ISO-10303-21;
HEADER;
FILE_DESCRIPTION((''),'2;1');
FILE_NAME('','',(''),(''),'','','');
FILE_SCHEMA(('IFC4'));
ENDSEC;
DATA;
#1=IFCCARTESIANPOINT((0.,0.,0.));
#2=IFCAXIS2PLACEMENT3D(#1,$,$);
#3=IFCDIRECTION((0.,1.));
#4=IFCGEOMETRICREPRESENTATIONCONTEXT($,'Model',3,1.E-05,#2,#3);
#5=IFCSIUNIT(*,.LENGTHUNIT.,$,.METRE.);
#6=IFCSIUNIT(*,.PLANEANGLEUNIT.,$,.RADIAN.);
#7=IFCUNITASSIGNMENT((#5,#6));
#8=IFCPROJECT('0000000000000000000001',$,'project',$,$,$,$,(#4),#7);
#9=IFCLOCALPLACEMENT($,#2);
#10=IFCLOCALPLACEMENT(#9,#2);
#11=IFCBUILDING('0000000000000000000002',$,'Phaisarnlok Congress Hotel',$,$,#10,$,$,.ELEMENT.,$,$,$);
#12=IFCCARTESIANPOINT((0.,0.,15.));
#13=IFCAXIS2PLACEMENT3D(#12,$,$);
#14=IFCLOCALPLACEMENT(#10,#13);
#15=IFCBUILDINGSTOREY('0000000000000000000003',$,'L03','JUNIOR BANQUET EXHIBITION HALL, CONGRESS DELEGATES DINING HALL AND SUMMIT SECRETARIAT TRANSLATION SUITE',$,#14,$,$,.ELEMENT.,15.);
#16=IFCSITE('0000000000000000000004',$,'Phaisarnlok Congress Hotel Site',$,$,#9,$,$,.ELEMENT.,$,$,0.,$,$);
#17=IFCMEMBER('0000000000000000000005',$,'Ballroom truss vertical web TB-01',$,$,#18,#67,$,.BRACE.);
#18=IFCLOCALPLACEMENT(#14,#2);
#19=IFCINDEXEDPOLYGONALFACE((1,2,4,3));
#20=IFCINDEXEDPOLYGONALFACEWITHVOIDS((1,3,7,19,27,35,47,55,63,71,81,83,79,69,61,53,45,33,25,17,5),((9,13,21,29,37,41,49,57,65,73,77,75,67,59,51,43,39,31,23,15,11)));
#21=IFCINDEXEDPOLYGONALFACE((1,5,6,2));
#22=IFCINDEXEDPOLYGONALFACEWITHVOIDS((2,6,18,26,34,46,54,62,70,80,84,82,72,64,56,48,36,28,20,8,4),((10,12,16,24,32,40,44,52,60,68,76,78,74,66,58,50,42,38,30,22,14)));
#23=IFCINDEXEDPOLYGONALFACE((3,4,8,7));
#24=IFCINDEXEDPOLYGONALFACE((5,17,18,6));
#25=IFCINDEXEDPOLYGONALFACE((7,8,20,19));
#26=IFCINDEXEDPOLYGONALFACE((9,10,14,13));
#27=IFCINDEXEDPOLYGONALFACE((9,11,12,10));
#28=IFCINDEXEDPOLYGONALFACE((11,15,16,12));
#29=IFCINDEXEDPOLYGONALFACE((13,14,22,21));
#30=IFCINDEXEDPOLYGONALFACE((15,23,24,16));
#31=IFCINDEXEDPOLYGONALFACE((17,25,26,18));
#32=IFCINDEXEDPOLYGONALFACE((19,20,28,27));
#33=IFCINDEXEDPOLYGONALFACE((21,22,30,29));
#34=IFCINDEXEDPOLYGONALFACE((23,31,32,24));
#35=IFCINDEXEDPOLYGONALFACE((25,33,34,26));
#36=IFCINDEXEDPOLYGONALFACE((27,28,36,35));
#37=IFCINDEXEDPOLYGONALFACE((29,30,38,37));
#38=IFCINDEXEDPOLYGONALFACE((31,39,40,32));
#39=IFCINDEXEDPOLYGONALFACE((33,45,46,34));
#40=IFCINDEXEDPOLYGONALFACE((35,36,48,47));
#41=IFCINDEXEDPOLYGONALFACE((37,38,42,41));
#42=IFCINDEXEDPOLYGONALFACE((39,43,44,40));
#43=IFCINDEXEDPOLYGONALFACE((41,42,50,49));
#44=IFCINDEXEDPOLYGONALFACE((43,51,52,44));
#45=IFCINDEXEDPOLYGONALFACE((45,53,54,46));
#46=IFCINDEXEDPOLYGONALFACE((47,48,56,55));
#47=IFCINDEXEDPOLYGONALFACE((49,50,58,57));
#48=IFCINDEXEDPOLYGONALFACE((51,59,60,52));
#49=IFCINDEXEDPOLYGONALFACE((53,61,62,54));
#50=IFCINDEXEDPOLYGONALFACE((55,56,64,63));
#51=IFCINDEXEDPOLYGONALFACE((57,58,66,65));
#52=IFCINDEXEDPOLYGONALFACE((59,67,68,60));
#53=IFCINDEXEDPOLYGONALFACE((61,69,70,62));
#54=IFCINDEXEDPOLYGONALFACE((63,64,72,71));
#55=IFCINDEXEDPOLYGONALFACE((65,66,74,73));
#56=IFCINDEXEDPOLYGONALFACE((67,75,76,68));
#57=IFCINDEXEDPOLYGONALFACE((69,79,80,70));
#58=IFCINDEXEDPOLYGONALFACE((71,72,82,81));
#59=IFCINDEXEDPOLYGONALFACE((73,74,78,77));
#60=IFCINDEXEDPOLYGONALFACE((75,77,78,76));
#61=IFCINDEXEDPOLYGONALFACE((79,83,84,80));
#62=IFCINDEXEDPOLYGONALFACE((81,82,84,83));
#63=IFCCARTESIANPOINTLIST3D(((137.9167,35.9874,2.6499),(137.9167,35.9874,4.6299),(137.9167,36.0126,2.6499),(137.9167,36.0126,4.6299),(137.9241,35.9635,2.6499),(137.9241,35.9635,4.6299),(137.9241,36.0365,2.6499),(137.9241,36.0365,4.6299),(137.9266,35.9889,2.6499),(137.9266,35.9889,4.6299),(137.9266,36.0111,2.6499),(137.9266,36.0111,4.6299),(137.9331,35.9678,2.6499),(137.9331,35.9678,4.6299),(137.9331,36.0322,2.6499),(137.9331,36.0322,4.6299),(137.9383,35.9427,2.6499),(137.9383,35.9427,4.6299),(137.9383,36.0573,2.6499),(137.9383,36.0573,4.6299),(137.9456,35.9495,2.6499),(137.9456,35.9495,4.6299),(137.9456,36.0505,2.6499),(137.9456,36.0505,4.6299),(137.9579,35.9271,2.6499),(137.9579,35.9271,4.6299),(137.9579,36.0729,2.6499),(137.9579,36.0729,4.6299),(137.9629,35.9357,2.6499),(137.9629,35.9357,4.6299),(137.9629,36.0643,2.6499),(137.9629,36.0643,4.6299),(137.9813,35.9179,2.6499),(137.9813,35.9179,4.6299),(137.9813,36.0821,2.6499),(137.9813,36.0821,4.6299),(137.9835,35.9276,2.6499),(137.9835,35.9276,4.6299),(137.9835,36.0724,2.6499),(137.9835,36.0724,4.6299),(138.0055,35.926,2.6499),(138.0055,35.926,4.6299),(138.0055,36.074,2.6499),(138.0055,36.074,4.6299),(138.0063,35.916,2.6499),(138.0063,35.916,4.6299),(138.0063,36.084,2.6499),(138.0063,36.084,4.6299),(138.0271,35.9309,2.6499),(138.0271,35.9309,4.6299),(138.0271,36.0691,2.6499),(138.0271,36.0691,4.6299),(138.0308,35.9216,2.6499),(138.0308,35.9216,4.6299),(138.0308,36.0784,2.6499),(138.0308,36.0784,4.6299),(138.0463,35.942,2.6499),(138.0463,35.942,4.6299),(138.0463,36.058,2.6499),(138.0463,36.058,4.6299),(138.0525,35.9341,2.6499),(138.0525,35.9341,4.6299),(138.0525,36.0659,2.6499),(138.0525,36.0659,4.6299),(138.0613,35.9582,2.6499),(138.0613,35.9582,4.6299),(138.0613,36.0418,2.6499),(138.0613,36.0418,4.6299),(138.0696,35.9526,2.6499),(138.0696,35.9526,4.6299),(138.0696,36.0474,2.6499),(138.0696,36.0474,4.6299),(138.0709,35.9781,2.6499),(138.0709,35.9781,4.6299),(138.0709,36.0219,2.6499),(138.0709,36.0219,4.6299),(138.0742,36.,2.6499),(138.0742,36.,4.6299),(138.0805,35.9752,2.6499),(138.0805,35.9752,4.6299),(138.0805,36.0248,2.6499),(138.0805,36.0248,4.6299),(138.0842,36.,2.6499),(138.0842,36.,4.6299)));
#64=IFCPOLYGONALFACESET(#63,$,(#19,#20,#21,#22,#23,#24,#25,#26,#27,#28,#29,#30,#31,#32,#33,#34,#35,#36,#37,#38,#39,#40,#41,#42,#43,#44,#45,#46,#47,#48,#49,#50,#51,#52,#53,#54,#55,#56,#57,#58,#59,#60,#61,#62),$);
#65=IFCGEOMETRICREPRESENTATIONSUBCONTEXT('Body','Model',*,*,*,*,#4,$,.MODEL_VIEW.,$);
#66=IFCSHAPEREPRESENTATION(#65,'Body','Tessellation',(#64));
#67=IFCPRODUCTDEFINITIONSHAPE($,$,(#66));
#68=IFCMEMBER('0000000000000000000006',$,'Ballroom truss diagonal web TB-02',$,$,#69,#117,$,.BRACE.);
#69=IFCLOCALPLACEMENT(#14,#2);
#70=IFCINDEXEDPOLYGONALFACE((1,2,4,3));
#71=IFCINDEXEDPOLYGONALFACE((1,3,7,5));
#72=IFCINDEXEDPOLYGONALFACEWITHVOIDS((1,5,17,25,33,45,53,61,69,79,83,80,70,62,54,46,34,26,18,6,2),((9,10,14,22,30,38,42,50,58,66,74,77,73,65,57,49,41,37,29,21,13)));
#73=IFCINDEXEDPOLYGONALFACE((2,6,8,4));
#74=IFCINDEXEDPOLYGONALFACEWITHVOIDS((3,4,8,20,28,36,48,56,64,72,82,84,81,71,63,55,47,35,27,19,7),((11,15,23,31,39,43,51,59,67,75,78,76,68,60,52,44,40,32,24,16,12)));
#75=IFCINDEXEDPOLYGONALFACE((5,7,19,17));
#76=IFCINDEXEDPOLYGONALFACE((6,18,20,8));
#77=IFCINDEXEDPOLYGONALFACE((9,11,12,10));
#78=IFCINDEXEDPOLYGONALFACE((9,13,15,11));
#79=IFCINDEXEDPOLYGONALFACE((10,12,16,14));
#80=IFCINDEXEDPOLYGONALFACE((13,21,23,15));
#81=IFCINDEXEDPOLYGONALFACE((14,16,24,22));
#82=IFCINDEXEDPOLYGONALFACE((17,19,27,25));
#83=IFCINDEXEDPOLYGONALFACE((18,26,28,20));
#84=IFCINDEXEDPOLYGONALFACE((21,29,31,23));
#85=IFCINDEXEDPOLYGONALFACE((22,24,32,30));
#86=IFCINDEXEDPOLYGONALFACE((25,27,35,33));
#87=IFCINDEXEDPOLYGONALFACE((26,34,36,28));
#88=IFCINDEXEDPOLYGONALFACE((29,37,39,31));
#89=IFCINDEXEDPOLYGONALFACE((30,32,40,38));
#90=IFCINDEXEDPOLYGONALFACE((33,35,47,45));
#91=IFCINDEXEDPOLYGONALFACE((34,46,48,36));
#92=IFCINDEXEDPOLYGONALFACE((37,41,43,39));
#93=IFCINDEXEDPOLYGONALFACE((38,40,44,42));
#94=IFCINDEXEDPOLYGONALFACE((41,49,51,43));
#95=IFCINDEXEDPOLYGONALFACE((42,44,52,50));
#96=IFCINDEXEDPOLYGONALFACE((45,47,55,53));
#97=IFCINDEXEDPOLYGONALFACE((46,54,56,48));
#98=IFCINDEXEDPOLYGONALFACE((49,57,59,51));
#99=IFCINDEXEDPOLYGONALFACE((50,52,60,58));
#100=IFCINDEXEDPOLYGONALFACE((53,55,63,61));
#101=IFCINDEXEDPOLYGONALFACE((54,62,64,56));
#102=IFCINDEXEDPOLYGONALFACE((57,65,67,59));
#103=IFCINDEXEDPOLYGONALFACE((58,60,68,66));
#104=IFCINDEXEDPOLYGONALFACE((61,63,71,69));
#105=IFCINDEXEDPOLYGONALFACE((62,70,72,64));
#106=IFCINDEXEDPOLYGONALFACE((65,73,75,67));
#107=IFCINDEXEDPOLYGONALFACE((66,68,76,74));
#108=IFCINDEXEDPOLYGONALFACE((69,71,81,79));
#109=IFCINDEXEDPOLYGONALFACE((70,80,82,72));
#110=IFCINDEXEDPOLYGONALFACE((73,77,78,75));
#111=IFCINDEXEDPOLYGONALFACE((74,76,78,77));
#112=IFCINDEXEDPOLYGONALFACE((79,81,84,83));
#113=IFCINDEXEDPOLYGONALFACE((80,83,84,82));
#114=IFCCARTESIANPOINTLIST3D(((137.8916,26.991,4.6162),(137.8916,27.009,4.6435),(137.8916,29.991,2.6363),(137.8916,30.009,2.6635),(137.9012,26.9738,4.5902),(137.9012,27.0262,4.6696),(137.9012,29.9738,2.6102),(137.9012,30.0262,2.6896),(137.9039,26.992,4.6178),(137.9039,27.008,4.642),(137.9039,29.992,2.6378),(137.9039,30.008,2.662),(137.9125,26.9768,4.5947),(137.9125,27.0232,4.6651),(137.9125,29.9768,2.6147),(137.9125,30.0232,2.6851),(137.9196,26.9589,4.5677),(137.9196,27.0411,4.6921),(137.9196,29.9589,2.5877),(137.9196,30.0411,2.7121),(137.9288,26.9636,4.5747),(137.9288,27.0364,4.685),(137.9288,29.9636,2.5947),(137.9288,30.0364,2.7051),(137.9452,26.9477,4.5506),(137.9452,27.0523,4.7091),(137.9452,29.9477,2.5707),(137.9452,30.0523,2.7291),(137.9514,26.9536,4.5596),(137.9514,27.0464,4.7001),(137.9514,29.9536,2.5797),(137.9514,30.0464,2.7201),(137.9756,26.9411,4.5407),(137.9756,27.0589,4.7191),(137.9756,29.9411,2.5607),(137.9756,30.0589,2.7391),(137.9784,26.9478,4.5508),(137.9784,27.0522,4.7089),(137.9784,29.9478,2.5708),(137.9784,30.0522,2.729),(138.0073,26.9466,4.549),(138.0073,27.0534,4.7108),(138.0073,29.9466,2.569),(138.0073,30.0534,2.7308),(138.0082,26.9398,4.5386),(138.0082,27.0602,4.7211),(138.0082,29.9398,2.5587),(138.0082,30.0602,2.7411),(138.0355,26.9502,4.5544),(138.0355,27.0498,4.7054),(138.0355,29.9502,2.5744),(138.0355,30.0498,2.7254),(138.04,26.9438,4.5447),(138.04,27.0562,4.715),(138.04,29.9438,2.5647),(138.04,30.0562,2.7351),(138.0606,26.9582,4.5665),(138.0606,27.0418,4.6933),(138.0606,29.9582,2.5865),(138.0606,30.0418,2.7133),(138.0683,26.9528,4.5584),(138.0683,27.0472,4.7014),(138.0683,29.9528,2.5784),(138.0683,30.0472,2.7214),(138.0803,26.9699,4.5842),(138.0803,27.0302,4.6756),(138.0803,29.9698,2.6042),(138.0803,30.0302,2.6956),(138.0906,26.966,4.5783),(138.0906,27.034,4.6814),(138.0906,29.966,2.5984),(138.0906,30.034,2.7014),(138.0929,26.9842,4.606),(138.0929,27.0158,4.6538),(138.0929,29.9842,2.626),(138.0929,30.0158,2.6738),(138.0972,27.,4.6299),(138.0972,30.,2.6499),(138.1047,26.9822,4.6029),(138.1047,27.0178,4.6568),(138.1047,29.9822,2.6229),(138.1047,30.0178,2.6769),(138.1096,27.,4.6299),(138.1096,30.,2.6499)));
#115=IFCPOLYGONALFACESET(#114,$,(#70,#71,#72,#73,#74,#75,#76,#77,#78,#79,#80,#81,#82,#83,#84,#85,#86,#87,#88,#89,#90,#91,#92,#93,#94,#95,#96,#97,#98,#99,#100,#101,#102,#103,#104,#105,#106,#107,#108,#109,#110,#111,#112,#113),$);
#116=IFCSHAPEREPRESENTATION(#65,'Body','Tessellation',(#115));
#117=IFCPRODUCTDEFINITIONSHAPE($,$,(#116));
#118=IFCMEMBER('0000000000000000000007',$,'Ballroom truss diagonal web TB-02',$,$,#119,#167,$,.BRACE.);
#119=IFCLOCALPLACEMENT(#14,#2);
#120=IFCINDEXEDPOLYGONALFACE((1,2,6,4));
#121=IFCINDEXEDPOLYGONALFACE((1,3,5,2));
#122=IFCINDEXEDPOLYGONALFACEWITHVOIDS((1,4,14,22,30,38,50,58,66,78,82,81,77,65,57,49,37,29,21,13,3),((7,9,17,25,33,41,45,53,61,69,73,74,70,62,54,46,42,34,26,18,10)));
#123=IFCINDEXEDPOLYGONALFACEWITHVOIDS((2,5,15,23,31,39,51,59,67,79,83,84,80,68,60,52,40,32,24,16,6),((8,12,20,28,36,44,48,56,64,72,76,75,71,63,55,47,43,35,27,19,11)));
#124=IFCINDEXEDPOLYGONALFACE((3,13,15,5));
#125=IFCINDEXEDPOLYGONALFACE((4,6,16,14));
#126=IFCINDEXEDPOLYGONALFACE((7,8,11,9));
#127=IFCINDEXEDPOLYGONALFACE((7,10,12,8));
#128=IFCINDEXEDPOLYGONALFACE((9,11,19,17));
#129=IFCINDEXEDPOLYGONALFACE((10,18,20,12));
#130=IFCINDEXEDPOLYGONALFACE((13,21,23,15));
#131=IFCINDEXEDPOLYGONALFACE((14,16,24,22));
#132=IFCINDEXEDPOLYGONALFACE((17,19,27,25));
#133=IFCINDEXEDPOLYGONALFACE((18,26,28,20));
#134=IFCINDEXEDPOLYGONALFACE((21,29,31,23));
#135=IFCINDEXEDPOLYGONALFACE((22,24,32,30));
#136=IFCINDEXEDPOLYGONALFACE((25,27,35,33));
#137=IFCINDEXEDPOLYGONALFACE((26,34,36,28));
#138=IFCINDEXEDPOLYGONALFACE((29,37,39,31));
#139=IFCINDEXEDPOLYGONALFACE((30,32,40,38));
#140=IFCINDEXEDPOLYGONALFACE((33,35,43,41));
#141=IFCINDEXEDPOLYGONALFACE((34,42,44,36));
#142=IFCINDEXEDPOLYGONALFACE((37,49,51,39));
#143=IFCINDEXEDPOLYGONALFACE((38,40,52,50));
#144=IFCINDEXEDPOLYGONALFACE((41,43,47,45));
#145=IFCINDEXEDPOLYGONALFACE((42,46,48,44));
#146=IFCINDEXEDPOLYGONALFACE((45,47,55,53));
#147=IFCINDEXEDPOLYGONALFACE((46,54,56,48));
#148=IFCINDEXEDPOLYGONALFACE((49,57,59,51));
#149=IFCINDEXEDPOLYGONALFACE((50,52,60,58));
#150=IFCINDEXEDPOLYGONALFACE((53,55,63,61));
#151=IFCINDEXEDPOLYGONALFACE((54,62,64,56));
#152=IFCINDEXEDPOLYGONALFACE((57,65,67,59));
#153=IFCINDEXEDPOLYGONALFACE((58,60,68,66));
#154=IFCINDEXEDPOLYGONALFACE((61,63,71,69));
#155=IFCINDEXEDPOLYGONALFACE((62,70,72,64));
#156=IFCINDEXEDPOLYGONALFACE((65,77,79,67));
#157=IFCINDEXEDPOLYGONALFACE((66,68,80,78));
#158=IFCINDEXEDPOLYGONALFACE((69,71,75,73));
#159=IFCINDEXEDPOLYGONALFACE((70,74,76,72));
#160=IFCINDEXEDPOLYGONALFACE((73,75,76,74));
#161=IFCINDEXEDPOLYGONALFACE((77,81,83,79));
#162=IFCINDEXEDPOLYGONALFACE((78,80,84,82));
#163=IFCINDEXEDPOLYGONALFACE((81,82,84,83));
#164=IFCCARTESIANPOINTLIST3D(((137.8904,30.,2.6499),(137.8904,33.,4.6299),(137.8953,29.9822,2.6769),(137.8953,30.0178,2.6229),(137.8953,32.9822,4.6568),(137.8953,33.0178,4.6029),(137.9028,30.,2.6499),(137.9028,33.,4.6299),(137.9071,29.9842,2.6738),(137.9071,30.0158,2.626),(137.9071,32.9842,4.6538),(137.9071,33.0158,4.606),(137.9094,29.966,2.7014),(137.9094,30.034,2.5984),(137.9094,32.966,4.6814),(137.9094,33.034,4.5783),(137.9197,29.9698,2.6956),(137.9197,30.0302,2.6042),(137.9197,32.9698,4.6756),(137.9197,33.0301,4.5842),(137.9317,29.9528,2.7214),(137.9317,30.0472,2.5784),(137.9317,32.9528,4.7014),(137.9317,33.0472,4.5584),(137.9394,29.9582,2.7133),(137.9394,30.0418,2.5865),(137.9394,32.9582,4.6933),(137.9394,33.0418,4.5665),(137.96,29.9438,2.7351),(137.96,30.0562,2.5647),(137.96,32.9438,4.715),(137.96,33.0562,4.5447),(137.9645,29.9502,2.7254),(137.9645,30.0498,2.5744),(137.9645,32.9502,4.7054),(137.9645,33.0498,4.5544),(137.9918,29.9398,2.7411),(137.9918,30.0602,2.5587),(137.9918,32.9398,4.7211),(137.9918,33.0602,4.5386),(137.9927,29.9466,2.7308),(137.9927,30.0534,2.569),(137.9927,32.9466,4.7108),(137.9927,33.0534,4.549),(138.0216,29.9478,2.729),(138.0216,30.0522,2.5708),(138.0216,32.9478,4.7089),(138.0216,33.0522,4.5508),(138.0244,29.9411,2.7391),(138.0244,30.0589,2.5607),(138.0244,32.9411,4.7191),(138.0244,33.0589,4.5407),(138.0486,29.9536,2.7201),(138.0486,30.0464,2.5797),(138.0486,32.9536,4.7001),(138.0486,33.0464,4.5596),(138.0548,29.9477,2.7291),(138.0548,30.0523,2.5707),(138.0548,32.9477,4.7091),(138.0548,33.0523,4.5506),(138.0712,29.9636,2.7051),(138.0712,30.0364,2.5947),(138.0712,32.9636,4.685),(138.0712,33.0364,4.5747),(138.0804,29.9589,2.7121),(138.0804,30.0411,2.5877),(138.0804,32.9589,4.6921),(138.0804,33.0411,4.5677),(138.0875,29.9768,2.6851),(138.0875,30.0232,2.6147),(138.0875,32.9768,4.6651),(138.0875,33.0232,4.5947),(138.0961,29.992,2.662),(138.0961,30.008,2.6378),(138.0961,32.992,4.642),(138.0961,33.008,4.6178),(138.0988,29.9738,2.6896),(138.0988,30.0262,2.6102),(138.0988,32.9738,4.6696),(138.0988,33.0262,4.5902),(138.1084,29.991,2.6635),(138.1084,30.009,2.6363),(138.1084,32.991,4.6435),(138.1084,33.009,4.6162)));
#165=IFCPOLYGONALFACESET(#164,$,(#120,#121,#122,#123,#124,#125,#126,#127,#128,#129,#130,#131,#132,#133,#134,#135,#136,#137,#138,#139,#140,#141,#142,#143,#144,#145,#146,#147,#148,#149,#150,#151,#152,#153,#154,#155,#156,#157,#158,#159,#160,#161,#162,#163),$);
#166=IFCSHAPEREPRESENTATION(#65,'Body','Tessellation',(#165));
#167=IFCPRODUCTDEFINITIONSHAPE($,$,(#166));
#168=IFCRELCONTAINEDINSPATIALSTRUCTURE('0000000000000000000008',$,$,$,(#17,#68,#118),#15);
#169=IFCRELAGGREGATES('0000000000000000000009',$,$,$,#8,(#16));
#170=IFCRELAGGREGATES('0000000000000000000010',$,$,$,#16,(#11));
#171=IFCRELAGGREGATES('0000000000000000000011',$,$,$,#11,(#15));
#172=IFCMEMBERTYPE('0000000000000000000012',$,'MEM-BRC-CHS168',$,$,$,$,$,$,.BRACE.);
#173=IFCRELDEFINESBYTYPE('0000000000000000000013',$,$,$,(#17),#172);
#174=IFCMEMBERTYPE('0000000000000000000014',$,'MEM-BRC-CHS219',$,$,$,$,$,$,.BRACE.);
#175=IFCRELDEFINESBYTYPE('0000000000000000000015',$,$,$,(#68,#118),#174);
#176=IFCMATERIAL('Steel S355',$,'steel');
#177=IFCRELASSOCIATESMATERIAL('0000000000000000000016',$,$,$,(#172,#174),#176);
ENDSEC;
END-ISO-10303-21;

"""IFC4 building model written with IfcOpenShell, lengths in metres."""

from ifc_helpers import new_model, si_unit, direction, frame, origin, origin_2d, place, context, subcontext, project, spatial, hollow_circle, extrude, material, material_profile, profile_set, type_object, element, save


model = new_model("IFC4")

# Units and contexts
model_context = context("Model", 3, precision=1e-05, world=origin(), true_north=direction((0.0, 1.0)))
body_context = subcontext(model_context, "Body", "Model", "MODEL_VIEW")
ifc_project = project(units=[si_unit("LENGTHUNIT", "METRE"), si_unit("PLANEANGLEUNIT", "RADIAN")], contexts=[model_context])

# Site, building, storey
site_placement = place(None, origin())
site = spatial("IfcSite", under=ifc_project, at=site_placement, Name="Phaisarnlok Congress Hotel Site", CompositionType="ELEMENT", RefElevation=0.0)
building_placement = place(site_placement, origin())
building = spatial("IfcBuilding", under=site, at=building_placement, Name="Phaisarnlok Congress Hotel", CompositionType="ELEMENT")
storey_placement = place(building_placement, frame((0.0, 0.0, 15.0)))
storey = spatial("IfcBuildingStorey", under=building, at=storey_placement, Name="L03", Description="JUNIOR BANQUET EXHIBITION HALL, CONGRESS DELEGATES DINING HALL AND SUMMIT SECRETARIAT TRANSLATION SUITE", CompositionType="ELEMENT", Elevation=15.0)

# Shared definitions
ifc_material_1 = material(Name="Steel S355", Category="steel")

# Members
ifc_material_profile_1 = material_profile(ifc_material_1, hollow_circle(Radius=0.0842, WallThickness=0.01, at=origin_2d()), Name="CHS 168.3x10")
ifc_profile_set_1 = profile_set([ifc_material_profile_1], Name="Steel S355")
member_type_1 = type_object("IfcMemberType", Name="MEM-BRC-CHS168", PredefinedType="BRACE", material=ifc_profile_set_1)
for number, where, z_axis, x_axis, name in (
    (1, (138.0, 36.0, 2.6499), (0.0, 0.0, 1.0), (1.0, 0.0, 0.0), "Ballroom truss vertical web TB-01"),
):
    element("IfcMember", number, at=place(storey_placement, frame(where, z_axis=z_axis, x_axis=x_axis)), inside=storey, type_object=member_type_1, Name=name, PredefinedType="BRACE", context=body_context, shape_type="SweptSolid", body=[
        extrude(hollow_circle(Radius=0.0842, WallThickness=0.01, at=origin_2d()), origin(), (0.0, 0.0, 1.0), 1.98),
    ])
ifc_material_profile_2 = material_profile(ifc_material_1, hollow_circle(Radius=0.1096, WallThickness=0.0125, at=origin_2d()), Name="CHS 219.1x12.5")
ifc_profile_set_2 = profile_set([ifc_material_profile_2], Name="Steel S355")
member_type_2 = type_object("IfcMemberType", Name="MEM-BRC-CHS219", PredefinedType="BRACE", material=ifc_profile_set_2)
for number, where, z_axis, x_axis, name in (
    (2, (138.0, 30.0, 2.6499), (0.0, -0.834612, 0.550838), (1.0, 0.0, 0.0), "Ballroom truss diagonal web TB-02"),
    (3, (138.0, 30.0, 2.6499), (0.0, 0.834612, 0.550838), (-1.0, 0.0, 0.0), "Ballroom truss diagonal web TB-02"),
):
    element("IfcMember", number, at=place(storey_placement, frame(where, z_axis=z_axis, x_axis=x_axis)), inside=storey, type_object=member_type_2, Name=name, PredefinedType="BRACE", context=body_context, shape_type="SweptSolid", body=[
        extrude(hollow_circle(Radius=0.1096, WallThickness=0.0125, at=origin_2d()), origin(), (0.0, 0.0, 1.0), 3.5945),
    ])

save(model, "model.ifc")
